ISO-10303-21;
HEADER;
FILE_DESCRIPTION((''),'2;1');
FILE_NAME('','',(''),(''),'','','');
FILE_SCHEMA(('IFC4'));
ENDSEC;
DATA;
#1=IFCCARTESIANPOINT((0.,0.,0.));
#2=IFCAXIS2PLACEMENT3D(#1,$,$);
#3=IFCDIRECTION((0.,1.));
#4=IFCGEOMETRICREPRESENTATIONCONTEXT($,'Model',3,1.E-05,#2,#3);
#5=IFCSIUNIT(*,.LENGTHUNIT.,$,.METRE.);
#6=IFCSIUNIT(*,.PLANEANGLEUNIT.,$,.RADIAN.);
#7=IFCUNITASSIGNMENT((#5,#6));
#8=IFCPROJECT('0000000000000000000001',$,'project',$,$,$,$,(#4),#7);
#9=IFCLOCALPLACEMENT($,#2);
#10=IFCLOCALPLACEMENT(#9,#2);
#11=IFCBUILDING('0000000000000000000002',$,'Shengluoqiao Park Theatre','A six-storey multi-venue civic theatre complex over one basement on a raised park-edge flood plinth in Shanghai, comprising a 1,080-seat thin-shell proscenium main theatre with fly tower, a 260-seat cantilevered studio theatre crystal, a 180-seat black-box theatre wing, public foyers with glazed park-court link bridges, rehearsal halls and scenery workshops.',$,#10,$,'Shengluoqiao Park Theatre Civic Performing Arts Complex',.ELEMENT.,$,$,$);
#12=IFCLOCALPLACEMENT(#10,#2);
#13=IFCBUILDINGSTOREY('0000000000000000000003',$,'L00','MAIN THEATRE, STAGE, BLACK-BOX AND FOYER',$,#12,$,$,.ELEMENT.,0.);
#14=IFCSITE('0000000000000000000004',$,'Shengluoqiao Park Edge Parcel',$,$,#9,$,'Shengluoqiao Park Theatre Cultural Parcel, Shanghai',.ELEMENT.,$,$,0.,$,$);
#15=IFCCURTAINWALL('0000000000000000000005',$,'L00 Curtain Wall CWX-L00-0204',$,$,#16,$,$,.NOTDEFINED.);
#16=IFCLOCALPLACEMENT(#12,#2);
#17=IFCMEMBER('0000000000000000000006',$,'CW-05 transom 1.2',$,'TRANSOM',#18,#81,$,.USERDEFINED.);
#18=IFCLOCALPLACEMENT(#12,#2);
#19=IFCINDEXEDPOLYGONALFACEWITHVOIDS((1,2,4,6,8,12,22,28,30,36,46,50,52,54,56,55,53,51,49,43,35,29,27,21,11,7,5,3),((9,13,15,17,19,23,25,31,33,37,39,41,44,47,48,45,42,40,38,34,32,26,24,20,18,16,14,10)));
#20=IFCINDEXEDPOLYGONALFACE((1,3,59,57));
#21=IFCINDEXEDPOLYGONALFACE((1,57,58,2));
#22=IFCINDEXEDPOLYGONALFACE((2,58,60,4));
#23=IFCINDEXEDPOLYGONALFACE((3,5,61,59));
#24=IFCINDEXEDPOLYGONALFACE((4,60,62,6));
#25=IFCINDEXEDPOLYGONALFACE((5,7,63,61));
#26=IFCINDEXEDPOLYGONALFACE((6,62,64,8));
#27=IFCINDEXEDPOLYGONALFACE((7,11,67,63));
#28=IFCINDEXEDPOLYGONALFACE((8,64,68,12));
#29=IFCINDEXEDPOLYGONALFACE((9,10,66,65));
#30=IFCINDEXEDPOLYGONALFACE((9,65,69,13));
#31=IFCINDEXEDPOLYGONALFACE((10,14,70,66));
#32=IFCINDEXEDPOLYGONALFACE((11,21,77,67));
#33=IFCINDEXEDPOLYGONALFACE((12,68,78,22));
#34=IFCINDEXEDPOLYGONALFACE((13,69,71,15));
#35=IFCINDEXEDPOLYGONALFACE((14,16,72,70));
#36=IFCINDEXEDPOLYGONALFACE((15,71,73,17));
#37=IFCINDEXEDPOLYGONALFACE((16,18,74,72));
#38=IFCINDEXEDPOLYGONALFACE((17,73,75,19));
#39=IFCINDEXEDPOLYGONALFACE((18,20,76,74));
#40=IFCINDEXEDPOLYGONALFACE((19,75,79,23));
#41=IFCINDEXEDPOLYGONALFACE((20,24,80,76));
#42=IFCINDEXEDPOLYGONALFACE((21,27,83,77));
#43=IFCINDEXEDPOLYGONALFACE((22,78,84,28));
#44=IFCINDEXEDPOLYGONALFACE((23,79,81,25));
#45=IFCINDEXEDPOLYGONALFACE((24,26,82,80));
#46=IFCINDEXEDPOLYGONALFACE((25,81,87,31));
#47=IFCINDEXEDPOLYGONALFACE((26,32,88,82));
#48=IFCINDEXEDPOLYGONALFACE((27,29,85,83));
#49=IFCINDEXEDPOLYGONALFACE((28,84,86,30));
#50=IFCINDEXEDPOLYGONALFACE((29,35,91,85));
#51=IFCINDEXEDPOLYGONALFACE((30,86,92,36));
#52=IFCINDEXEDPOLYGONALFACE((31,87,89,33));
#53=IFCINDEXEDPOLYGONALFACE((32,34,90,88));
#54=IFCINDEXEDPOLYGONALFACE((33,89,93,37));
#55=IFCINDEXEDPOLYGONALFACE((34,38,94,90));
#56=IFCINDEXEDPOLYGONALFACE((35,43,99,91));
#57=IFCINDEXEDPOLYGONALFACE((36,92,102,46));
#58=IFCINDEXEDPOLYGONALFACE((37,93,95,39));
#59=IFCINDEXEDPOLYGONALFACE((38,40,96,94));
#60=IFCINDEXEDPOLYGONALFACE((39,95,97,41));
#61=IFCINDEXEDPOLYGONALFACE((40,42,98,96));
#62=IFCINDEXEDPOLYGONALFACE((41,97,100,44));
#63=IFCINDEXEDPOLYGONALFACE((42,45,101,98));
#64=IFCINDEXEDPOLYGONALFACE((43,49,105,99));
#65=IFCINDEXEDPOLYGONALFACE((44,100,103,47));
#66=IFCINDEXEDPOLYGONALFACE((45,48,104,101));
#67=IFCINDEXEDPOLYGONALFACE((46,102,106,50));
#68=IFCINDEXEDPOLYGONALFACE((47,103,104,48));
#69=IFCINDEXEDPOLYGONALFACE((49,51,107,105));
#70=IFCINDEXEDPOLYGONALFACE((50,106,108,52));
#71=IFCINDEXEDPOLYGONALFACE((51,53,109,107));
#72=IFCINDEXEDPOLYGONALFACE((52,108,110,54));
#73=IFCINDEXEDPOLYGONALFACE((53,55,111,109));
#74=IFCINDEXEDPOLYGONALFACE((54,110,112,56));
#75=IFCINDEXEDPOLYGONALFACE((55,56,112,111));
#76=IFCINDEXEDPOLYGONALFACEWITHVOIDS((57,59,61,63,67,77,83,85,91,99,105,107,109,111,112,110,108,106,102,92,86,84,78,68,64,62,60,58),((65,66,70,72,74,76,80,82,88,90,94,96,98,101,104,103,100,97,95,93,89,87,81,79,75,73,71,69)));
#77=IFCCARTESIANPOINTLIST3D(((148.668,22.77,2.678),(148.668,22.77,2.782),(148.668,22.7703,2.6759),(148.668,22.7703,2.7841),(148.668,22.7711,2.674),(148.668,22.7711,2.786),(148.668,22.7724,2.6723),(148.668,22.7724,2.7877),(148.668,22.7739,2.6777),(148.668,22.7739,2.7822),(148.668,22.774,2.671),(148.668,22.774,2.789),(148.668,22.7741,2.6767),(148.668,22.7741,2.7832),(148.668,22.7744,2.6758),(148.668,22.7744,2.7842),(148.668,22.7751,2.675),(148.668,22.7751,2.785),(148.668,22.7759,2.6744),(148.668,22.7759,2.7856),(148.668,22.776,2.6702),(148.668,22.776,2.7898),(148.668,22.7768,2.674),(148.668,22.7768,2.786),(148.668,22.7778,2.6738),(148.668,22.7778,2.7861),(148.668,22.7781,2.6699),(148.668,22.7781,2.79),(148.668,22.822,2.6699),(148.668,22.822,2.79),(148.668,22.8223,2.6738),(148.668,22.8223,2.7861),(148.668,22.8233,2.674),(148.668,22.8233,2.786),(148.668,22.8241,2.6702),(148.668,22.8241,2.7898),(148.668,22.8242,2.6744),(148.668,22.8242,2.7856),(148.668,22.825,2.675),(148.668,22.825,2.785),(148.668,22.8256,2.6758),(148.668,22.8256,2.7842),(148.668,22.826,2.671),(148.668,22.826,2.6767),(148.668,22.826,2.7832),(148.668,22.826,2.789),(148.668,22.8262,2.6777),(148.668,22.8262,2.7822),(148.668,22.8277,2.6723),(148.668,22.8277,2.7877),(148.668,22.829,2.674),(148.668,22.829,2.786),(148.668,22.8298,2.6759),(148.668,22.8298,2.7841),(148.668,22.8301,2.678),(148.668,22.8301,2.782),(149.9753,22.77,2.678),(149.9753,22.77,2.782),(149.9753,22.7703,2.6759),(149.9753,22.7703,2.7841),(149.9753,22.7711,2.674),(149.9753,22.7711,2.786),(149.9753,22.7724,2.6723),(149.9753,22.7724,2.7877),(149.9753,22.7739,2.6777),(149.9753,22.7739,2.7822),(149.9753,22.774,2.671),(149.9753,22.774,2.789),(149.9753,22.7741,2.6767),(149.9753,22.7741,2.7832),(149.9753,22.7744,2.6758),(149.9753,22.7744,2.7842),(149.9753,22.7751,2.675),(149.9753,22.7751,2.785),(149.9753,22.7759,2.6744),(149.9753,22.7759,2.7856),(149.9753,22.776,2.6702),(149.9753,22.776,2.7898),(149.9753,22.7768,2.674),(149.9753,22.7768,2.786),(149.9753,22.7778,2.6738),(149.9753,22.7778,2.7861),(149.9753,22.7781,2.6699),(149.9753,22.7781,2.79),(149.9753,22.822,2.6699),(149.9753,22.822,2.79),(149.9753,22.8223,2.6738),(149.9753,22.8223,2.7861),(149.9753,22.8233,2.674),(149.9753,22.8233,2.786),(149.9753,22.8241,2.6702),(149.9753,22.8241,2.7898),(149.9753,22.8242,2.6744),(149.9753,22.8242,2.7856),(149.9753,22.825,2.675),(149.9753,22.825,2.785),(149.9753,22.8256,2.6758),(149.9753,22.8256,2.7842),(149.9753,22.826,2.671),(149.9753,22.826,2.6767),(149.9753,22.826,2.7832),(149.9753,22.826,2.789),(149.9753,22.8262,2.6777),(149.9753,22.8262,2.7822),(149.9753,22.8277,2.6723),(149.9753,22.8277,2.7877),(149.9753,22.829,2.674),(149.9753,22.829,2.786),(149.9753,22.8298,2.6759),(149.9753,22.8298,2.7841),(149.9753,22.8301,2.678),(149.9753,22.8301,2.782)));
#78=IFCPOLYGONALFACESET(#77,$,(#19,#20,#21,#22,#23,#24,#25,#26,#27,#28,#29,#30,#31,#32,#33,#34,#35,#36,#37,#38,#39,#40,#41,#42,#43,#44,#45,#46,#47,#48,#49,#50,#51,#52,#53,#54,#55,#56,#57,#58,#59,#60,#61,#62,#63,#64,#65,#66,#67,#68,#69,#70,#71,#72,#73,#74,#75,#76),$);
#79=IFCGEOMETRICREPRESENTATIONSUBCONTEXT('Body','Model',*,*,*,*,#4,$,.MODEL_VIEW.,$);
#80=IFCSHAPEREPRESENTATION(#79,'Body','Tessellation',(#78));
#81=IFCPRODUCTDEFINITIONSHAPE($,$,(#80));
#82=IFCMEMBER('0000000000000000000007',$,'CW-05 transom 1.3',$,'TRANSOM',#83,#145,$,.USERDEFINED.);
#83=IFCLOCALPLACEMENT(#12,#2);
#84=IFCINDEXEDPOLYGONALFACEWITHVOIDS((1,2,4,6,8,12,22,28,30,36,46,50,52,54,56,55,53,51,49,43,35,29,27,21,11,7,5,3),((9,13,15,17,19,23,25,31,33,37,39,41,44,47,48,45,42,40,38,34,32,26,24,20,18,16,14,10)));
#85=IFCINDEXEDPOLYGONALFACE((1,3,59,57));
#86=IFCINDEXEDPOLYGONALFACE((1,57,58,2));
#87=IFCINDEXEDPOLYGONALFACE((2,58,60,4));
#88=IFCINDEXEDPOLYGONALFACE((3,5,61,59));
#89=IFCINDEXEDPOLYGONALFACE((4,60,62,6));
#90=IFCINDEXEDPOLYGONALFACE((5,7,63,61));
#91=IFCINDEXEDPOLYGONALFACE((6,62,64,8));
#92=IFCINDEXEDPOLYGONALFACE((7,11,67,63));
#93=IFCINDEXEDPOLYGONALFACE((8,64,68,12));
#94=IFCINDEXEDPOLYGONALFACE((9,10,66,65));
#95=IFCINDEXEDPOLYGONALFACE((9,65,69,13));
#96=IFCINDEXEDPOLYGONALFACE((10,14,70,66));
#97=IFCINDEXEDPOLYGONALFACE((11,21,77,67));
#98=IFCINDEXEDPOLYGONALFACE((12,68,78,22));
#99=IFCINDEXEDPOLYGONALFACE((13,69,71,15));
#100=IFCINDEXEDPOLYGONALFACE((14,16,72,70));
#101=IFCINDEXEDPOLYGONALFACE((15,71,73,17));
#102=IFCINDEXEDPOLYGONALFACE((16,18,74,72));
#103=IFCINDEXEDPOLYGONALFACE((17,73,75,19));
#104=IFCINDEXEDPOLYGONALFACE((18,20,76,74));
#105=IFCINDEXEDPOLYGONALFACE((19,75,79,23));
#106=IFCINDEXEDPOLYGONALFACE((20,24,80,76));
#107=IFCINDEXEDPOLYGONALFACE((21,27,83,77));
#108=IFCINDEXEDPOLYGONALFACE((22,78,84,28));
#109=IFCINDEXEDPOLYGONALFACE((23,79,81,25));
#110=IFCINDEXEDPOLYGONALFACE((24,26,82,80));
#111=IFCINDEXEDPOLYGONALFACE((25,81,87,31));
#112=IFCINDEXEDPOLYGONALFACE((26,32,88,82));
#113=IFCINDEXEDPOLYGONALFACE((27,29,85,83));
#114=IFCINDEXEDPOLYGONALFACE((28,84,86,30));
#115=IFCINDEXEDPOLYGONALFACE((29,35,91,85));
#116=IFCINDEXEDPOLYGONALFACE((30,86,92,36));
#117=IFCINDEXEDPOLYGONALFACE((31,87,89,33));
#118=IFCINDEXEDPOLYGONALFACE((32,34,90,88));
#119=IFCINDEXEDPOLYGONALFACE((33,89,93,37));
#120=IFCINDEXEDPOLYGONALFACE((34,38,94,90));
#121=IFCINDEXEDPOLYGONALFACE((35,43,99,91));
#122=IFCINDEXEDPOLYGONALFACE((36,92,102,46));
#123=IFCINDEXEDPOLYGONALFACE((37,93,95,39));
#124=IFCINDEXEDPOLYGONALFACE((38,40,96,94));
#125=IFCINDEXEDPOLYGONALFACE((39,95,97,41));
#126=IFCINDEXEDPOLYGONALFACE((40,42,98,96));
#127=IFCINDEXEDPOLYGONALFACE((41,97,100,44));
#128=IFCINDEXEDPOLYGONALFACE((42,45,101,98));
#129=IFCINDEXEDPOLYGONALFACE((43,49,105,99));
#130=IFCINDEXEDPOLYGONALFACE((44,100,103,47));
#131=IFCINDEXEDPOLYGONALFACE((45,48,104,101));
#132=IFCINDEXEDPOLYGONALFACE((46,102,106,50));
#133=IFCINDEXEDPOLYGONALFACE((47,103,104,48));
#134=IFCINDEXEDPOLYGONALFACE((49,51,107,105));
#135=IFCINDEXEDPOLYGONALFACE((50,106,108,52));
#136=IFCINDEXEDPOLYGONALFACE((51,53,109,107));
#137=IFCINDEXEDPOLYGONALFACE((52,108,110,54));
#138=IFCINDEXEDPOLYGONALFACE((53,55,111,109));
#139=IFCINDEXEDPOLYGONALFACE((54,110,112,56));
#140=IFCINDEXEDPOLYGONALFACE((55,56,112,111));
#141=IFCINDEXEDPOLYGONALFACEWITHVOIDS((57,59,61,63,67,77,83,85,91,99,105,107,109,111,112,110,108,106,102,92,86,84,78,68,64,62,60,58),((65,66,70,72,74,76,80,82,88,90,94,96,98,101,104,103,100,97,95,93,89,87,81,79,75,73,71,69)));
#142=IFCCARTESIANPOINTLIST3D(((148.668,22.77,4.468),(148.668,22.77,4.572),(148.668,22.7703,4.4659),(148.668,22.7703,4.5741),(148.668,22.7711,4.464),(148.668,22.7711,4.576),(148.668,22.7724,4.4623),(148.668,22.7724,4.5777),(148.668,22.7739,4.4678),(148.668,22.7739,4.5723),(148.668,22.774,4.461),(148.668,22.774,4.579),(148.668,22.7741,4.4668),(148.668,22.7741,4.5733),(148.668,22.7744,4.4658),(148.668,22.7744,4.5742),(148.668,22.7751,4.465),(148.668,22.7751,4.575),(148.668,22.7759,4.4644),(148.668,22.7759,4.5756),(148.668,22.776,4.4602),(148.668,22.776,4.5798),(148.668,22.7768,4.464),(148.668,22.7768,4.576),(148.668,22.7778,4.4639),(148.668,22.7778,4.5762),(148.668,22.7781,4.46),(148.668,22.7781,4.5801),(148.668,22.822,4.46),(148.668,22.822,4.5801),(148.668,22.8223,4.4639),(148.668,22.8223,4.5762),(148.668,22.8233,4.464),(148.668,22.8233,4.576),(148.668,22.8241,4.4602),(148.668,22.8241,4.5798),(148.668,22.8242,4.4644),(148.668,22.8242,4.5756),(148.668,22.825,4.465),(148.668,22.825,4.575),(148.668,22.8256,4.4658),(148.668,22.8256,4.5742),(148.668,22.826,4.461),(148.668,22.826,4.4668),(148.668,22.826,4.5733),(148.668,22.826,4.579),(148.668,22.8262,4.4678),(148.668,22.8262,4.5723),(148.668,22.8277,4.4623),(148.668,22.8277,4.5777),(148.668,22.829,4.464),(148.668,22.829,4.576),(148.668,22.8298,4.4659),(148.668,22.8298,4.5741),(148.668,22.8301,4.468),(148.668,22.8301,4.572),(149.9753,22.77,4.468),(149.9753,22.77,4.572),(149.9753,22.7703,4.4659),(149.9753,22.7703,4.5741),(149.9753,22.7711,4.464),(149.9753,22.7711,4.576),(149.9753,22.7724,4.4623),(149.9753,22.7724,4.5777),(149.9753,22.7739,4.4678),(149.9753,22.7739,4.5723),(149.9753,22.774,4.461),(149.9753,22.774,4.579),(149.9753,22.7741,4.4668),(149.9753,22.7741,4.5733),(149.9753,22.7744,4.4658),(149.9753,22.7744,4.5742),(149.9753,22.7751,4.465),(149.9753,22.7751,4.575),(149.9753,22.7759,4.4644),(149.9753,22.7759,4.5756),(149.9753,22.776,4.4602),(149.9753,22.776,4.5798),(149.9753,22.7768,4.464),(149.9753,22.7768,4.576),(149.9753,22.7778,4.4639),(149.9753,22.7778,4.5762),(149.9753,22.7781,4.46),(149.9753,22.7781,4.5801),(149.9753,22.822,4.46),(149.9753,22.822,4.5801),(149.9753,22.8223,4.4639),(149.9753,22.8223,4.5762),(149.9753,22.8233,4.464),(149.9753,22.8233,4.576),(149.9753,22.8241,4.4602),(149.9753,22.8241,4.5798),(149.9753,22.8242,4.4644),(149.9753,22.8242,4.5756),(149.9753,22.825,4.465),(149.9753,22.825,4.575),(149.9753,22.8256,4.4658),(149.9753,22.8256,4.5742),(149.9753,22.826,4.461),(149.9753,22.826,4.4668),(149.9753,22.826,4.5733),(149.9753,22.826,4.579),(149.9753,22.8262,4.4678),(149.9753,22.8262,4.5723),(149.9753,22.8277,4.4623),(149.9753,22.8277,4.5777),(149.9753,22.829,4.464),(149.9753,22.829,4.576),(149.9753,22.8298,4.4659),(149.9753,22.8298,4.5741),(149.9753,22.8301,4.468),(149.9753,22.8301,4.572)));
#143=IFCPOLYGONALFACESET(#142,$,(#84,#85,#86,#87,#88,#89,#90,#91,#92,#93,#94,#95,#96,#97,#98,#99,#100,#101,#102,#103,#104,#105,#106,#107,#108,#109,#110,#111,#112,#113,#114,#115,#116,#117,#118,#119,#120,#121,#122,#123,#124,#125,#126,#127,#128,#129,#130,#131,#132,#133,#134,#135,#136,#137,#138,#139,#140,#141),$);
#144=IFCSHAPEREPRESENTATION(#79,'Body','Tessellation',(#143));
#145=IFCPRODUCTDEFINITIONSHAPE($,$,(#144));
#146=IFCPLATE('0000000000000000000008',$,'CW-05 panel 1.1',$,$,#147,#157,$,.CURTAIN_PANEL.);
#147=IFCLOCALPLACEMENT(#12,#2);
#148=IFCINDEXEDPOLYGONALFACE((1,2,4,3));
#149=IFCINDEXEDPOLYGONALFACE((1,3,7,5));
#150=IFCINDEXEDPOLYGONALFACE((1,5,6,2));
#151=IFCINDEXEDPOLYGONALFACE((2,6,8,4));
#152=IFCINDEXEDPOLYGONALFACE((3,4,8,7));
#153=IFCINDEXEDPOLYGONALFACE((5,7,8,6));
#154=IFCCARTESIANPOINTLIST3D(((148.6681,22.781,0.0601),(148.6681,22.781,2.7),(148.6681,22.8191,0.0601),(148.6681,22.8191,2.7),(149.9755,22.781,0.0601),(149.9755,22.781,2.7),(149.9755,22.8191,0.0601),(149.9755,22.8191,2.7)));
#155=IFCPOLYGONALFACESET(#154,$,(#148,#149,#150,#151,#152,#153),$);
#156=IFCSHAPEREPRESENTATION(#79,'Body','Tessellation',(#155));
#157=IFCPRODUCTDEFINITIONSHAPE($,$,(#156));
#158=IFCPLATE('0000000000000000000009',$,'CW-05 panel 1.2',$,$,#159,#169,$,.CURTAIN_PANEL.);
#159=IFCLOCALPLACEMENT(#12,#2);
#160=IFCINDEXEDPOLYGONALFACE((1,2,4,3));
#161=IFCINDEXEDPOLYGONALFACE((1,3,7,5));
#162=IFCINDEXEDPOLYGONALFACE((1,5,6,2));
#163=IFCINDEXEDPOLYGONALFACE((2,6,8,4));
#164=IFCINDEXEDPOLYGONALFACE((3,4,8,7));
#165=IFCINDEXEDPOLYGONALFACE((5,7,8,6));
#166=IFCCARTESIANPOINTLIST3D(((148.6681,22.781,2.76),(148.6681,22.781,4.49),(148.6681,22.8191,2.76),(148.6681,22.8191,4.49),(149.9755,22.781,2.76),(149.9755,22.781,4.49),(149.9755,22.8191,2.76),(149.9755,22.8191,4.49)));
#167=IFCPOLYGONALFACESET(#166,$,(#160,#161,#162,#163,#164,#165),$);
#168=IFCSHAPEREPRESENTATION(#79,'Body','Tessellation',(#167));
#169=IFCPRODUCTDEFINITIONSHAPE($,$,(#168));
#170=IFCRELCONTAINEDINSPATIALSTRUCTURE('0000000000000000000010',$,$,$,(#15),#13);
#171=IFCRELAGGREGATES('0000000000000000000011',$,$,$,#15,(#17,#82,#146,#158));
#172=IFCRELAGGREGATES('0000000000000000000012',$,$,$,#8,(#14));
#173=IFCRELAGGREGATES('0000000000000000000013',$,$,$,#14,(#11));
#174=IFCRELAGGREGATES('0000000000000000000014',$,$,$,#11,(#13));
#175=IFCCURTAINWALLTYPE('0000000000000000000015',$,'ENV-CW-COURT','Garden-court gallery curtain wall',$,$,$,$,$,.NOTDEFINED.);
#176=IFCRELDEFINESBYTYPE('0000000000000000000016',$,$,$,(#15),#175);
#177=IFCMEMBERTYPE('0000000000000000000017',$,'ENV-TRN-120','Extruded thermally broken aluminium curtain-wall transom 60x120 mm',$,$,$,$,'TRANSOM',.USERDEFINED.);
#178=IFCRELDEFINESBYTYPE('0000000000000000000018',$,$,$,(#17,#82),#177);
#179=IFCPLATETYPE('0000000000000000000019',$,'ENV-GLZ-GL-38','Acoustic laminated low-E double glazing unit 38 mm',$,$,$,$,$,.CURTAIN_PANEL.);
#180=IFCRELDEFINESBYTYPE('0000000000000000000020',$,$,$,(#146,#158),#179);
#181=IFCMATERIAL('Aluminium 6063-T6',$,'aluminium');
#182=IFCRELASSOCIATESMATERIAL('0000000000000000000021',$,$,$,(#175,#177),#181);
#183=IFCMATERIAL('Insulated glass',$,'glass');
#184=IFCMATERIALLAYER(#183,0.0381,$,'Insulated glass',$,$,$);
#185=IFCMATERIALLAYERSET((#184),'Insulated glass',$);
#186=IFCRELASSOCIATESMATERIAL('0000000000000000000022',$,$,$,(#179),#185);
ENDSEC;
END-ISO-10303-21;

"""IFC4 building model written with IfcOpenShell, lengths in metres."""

from ifc_helpers import new_model, si_unit, direction, frame, origin, origin_2d, place, context, subcontext, project, spatial, rectangle, hollow_rectangle, extrude, material, layer, layer_set, material_profile, profile_set, type_object, element, aggregate, save


model = new_model("IFC4")

# Units and contexts
model_context = context("Model", 3, precision=1e-05, world=origin(), true_north=direction((0.0, 1.0)))
body_context = subcontext(model_context, "Body", "Model", "MODEL_VIEW")
ifc_project = project(units=[si_unit("LENGTHUNIT", "METRE"), si_unit("PLANEANGLEUNIT", "RADIAN")], contexts=[model_context])

# Site, building, storey
site_placement = place(None, origin())
site = spatial("IfcSite", under=ifc_project, at=site_placement, Name="Shengluoqiao Park Edge Parcel", LongName="Shengluoqiao Park Theatre Cultural Parcel, Shanghai", CompositionType="ELEMENT", RefElevation=0.0)
building_placement = place(site_placement, origin())
building = spatial("IfcBuilding", under=site, at=building_placement, Name="Shengluoqiao Park Theatre", Description="A six-storey multi-venue civic theatre complex over one basement on a raised park-edge flood plinth in Shanghai, comprising a 1,080-seat thin-shell proscenium main theatre with fly tower, a 260-seat cantilevered studio theatre crystal, a 180-seat black-box theatre wing, public foyers with glazed park-court link bridges, rehearsal halls and scenery workshops.", LongName="Shengluoqiao Park Theatre Civic Performing Arts Complex", CompositionType="ELEMENT")
storey_placement = place(building_placement, origin())
storey = spatial("IfcBuildingStorey", under=building, at=storey_placement, Name="L00", Description="MAIN THEATRE, STAGE, BLACK-BOX AND FOYER", CompositionType="ELEMENT", Elevation=0.0)

# Curtain wall, members, plates
ifc_material_1 = material(Name="Aluminium 6063-T6", Category="aluminium")
curtain_wall_type = type_object("IfcCurtainWallType", Name="ENV-CW-COURT", Description="Garden-court gallery curtain wall", PredefinedType="NOTDEFINED", material=ifc_material_1)
curtain_wall_placement = place(storey_placement, origin())
curtain_wall = element("IfcCurtainWall", 1, at=curtain_wall_placement, inside=storey, type_object=curtain_wall_type, Name="L00 Curtain Wall CWX-L00-0204", PredefinedType="NOTDEFINED")
ifc_material_profile_1 = material_profile(ifc_material_1, hollow_rectangle(XDim=0.0601, YDim=0.1201, WallThickness=0.0039, InnerFilletRadius=0.0039, OuterFilletRadius=0.0081, at=origin_2d()), Name="ALU TRANSOM 120x60x4")
ifc_profile_set_1 = profile_set([ifc_material_profile_1], Name="Aluminium 6063-T6")
member_type_1 = type_object("IfcMemberType", Name="ENV-TRN-120", Description="Extruded thermally broken aluminium curtain-wall transom 60x120 mm", ElementType="TRANSOM", PredefinedType="USERDEFINED", material=ifc_profile_set_1)
member_1_placement = place(storey_placement, frame((148.668, 22.8, 2.73), z_axis=(1.0, 0.0, 0.0), x_axis=(0.0, 1.0, 0.0)))
member_1 = element("IfcMember", 2, at=member_1_placement, type_object=member_type_1, Name="CW-05 transom 1.2", ObjectType="TRANSOM", PredefinedType="USERDEFINED", context=body_context, shape_type="SweptSolid", body=[
    extrude(hollow_rectangle(XDim=0.0601, YDim=0.1201, WallThickness=0.0039, InnerFilletRadius=0.0039, OuterFilletRadius=0.0081, at=origin_2d()), origin(), (0.0, 0.0, 1.0), 1.3074),
])
member_2_placement = place(storey_placement, frame((148.668, 22.8, 4.52), z_axis=(1.0, 0.0, 0.0), x_axis=(0.0, 1.0, 0.0)))
member_2 = element("IfcMember", 3, at=member_2_placement, type_object=member_type_1, Name="CW-05 transom 1.3", ObjectType="TRANSOM", PredefinedType="USERDEFINED", context=body_context, shape_type="SweptSolid", body=[
    extrude(hollow_rectangle(XDim=0.0601, YDim=0.1201, WallThickness=0.0039, InnerFilletRadius=0.0039, OuterFilletRadius=0.0081, at=origin_2d()), origin(), (0.0, 0.0, 1.0), 1.3074),
])
ifc_material_2 = material(Name="Insulated glass", Category="glass")
ifc_layer_1 = layer(ifc_material_2, 0.0381, Name="Insulated glass")
ifc_layer_set_1 = layer_set([ifc_layer_1], Name="Insulated glass")
plate_type = type_object("IfcPlateType", Name="ENV-GLZ-GL-38", Description="Acoustic laminated low-E double glazing unit 38 mm", PredefinedType="CURTAIN_PANEL", material=ifc_layer_set_1)
plate_1_placement = place(storey_placement, frame((149.3218, 22.8, 0.0601), z_axis=(0.0, 0.0, 1.0), x_axis=(1.0, 0.0, 0.0)))
plate_1 = element("IfcPlate", 4, at=plate_1_placement, type_object=plate_type, Name="CW-05 panel 1.1", PredefinedType="CURTAIN_PANEL", context=body_context, shape_type="SweptSolid", body=[
    extrude(rectangle(XDim=1.3074, YDim=0.0381, at=origin_2d()), origin(), (0.0, 0.0, 1.0), 2.6399),
])
plate_2_placement = place(storey_placement, frame((149.3218, 22.8, 2.76), z_axis=(0.0, 0.0, 1.0), x_axis=(1.0, 0.0, 0.0)))
plate_2 = element("IfcPlate", 5, at=plate_2_placement, type_object=plate_type, Name="CW-05 panel 1.2", PredefinedType="CURTAIN_PANEL", context=body_context, shape_type="SweptSolid", body=[
    extrude(rectangle(XDim=1.3074, YDim=0.0381, at=origin_2d()), origin(), (0.0, 0.0, 1.0), 1.73),
])
aggregate(curtain_wall, [member_1, member_2, plate_1, plate_2])

save(model, "model.ifc")
